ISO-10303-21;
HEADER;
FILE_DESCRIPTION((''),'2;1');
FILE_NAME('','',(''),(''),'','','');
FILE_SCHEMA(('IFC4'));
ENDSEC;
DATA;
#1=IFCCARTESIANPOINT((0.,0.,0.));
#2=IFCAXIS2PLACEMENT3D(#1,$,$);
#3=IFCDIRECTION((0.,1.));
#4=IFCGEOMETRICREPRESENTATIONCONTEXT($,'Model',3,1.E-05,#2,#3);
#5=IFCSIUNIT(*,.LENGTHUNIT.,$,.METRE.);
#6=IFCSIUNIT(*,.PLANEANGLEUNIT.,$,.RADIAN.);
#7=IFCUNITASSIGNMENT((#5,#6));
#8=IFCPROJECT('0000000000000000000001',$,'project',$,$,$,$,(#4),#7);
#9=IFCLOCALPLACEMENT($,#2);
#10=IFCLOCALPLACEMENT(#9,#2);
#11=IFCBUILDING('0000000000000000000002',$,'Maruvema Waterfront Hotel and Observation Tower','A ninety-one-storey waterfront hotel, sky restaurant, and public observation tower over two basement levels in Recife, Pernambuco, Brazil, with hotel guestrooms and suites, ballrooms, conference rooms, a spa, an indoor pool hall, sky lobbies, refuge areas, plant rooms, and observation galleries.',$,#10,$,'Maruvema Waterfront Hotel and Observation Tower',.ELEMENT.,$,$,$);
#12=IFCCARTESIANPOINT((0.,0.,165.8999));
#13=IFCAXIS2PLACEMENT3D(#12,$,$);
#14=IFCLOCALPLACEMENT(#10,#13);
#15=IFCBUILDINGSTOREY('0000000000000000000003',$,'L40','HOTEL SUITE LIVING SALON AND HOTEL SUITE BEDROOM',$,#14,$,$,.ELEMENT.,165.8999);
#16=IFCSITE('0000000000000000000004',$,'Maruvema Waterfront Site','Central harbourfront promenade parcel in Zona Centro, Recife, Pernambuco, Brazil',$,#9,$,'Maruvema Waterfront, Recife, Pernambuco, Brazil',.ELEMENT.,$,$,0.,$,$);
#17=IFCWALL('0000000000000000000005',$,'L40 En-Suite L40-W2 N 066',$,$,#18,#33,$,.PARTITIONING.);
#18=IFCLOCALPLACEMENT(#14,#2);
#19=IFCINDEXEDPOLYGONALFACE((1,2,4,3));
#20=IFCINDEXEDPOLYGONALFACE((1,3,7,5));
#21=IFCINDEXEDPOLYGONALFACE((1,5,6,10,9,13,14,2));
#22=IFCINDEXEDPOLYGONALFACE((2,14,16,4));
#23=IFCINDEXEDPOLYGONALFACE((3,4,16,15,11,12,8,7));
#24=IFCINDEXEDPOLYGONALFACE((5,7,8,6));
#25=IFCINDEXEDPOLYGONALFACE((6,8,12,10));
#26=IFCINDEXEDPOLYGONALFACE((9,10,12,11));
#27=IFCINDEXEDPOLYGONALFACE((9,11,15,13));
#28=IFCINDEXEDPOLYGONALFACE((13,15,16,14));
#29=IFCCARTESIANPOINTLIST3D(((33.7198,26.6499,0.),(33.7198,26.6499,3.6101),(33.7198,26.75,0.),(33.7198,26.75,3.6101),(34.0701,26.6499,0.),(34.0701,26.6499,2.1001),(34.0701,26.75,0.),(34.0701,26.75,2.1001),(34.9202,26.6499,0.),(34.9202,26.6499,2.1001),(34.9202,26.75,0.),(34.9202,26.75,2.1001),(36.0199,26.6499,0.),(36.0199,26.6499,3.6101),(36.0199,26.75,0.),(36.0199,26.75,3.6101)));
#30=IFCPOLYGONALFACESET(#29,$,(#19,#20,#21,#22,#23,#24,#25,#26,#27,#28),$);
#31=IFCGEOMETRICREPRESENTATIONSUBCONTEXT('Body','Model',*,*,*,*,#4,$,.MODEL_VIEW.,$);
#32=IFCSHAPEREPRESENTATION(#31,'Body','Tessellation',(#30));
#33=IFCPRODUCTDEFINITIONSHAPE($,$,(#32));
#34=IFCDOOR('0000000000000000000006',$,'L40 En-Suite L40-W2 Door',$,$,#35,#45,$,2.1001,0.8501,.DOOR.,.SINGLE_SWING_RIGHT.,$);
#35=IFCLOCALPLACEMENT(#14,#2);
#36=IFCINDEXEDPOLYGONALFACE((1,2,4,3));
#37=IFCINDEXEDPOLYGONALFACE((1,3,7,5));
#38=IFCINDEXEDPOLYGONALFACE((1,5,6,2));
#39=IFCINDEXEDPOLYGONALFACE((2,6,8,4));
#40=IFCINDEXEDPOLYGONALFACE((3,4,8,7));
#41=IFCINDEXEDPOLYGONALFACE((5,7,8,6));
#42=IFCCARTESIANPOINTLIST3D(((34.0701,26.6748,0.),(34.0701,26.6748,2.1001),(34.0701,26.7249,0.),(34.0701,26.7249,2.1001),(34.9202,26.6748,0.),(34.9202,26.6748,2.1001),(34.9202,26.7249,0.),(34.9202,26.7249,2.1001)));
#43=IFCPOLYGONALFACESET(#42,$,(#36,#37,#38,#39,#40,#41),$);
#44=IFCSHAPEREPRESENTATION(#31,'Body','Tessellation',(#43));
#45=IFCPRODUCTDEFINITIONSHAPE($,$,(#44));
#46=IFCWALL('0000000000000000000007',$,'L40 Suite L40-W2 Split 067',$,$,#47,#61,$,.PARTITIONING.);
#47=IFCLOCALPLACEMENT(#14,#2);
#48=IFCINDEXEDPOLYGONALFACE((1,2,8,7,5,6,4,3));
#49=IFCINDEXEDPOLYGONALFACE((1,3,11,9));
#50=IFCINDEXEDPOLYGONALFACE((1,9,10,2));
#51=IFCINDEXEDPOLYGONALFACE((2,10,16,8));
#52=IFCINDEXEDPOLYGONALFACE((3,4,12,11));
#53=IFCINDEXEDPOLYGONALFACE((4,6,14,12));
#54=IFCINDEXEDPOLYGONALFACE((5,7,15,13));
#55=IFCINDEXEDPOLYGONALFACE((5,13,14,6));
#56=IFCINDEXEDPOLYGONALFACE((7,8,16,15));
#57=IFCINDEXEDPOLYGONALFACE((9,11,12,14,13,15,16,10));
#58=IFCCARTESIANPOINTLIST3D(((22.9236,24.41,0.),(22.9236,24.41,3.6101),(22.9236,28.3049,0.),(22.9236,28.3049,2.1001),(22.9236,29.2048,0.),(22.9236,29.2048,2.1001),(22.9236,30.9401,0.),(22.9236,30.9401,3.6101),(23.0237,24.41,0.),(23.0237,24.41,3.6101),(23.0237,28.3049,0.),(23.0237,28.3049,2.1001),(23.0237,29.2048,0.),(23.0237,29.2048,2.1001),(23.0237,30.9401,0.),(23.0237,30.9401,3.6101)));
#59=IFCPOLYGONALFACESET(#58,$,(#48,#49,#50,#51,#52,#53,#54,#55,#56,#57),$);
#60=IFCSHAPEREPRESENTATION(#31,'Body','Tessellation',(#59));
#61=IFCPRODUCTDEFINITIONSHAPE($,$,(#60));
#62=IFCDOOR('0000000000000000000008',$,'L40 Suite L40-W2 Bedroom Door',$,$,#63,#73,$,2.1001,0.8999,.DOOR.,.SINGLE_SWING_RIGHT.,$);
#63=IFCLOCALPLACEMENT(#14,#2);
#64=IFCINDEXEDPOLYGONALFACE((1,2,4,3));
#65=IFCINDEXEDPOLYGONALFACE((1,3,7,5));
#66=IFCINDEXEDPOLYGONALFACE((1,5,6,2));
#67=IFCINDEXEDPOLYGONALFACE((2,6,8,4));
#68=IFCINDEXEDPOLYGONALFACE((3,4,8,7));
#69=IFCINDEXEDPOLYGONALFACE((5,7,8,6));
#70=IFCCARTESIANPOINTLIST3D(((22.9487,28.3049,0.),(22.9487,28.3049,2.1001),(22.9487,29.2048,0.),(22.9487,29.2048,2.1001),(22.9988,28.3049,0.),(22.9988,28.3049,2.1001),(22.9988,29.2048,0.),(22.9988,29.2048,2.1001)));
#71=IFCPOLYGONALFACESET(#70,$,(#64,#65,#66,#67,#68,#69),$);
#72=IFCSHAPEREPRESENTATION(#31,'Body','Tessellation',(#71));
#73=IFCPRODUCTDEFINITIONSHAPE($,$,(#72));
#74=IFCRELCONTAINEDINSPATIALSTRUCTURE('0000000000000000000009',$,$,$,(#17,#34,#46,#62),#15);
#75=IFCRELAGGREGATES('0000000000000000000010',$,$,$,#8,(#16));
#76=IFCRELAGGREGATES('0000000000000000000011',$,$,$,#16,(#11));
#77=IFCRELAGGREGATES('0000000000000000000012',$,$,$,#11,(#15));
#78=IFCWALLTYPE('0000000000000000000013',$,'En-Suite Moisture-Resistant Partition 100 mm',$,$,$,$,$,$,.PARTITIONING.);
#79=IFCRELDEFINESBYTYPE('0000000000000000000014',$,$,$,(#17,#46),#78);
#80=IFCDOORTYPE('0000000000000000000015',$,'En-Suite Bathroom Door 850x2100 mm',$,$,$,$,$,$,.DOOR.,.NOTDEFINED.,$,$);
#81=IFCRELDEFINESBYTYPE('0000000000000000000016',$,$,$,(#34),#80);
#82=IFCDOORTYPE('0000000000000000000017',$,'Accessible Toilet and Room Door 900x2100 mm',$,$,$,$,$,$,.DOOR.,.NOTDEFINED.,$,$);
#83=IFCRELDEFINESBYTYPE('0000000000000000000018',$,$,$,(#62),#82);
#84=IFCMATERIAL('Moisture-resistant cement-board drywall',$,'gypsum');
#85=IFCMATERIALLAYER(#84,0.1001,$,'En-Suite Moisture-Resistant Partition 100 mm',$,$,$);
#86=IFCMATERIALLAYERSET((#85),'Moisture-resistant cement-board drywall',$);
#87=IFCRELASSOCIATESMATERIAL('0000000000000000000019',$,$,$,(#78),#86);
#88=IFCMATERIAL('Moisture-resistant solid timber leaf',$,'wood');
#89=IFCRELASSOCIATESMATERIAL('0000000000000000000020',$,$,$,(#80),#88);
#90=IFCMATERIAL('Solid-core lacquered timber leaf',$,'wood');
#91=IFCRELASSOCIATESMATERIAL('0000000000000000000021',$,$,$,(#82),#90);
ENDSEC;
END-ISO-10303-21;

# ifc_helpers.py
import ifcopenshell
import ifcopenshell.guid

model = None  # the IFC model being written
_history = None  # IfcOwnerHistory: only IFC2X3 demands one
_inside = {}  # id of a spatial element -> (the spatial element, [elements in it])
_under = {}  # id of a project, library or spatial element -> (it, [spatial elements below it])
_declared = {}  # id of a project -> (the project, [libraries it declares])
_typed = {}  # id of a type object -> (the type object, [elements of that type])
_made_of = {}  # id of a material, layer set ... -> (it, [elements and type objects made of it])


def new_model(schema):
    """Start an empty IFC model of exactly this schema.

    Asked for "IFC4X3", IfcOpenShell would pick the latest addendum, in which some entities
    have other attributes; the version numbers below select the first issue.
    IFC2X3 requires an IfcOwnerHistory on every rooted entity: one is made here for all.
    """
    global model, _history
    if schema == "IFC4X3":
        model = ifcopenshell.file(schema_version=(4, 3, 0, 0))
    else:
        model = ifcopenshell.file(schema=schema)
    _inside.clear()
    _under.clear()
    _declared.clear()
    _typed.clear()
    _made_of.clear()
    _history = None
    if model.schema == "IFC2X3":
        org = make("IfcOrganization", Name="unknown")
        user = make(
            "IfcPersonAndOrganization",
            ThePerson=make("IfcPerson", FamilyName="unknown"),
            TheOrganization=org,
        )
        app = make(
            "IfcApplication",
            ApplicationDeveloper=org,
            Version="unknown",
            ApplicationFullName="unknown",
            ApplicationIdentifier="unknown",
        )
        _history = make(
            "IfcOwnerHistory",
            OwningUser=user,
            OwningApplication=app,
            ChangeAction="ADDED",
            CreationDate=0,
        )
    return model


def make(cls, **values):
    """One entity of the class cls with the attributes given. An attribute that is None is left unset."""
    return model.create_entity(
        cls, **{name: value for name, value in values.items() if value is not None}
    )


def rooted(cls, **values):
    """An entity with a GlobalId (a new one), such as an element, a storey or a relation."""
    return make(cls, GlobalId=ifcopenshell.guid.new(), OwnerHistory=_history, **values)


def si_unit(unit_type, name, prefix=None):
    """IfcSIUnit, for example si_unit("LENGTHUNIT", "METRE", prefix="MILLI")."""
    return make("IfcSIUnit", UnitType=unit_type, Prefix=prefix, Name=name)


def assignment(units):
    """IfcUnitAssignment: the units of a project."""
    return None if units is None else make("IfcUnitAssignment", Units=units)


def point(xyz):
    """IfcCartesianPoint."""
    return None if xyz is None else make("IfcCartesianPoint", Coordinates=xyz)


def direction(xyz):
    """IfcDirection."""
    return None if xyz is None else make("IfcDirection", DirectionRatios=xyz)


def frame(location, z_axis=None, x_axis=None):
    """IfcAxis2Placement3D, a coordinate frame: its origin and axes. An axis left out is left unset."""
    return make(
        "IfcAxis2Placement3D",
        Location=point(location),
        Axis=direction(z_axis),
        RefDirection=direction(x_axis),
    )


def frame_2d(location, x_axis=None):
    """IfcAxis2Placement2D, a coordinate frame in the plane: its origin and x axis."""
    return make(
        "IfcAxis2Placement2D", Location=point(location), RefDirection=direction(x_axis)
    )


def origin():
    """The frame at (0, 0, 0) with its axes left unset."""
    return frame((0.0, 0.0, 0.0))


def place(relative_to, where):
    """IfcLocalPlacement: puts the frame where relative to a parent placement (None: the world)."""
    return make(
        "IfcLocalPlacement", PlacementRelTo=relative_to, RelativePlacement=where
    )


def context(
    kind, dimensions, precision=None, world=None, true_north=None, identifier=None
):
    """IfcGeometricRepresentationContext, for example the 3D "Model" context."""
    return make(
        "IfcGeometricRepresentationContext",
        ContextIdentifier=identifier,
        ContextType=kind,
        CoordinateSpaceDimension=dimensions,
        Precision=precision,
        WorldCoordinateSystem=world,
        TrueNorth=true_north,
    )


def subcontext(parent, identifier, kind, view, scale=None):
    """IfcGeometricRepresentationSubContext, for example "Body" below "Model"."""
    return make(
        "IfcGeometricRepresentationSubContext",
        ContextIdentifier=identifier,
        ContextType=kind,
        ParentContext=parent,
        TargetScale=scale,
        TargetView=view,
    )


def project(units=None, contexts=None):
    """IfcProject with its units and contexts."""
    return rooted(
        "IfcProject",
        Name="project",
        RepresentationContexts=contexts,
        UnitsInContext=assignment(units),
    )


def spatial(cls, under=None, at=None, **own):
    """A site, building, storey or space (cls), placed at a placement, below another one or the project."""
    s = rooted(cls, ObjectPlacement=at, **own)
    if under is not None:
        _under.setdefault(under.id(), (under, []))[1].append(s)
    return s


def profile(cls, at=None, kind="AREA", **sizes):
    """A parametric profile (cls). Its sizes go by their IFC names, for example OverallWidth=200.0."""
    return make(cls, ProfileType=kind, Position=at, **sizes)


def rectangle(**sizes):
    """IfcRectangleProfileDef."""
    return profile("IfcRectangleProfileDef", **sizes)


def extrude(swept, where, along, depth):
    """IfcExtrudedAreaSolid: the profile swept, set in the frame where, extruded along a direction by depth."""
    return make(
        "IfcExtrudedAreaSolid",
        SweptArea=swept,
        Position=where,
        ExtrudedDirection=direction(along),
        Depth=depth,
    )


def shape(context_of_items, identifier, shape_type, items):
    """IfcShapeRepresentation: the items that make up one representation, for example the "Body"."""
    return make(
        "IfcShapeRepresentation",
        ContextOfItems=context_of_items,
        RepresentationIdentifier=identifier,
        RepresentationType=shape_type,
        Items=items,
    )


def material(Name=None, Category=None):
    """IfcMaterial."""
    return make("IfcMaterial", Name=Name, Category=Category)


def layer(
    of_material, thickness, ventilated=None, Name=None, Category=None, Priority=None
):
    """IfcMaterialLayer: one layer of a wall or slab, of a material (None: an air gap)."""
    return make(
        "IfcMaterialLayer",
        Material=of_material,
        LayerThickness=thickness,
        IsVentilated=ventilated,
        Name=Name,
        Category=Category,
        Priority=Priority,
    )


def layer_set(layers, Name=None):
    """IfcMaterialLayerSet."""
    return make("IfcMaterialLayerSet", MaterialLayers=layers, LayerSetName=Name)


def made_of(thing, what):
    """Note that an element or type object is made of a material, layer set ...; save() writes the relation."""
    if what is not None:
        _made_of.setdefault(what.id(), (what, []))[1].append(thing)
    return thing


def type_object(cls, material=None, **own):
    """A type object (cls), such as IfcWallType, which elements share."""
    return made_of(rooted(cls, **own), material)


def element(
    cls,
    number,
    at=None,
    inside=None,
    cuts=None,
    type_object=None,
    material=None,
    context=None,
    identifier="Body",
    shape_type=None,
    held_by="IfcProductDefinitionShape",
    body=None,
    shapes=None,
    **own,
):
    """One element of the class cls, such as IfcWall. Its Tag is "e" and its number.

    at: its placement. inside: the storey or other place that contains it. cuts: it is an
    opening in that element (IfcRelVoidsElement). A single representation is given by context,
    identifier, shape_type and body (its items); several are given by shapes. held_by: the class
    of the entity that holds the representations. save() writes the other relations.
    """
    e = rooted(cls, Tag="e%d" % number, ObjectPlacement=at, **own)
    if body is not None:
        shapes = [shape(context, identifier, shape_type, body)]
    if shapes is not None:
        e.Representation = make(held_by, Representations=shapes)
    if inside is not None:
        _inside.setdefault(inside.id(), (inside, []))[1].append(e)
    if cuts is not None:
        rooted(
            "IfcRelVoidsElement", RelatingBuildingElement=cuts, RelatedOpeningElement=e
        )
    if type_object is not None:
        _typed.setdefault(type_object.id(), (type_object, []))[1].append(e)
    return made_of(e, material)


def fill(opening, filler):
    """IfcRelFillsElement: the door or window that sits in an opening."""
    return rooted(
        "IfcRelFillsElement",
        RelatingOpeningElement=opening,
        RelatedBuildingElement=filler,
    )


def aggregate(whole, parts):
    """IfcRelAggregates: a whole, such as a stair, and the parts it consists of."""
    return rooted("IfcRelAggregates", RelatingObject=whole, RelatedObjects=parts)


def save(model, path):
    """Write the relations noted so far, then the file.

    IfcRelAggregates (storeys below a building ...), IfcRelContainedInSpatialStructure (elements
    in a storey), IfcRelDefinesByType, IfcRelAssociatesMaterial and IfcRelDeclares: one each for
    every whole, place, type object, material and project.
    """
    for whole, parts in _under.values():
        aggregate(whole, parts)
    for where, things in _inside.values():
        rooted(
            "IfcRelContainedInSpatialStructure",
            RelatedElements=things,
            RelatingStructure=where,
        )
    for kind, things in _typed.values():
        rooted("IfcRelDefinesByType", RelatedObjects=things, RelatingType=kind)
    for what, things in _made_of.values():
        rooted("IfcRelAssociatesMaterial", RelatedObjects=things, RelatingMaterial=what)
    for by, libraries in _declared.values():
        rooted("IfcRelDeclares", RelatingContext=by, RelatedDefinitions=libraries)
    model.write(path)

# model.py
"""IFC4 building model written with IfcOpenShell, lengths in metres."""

from ifc_helpers import new_model, si_unit, direction, frame, frame_2d, origin, place, context, subcontext, project, spatial, rectangle, extrude, material, layer, layer_set, type_object, element, fill, save


model = new_model("IFC4")

# Units and contexts
model_context = context("Model", 3, precision=1e-05, world=origin(), true_north=direction((0.0, 1.0)))
body_context = subcontext(model_context, "Body", "Model", "MODEL_VIEW")
ifc_project = project(units=[si_unit("LENGTHUNIT", "METRE"), si_unit("PLANEANGLEUNIT", "RADIAN")], contexts=[model_context])

# Site, building, storey
site_placement = place(None, origin())
site = spatial("IfcSite", under=ifc_project, at=site_placement, Name="Maruvema Waterfront Site", Description="Central harbourfront promenade parcel in Zona Centro, Recife, Pernambuco, Brazil", LongName="Maruvema Waterfront, Recife, Pernambuco, Brazil", CompositionType="ELEMENT", RefElevation=0.0)
building_placement = place(site_placement, origin())
building = spatial("IfcBuilding", under=site, at=building_placement, Name="Maruvema Waterfront Hotel and Observation Tower", Description="A ninety-one-storey waterfront hotel, sky restaurant, and public observation tower over two basement levels in Recife, Pernambuco, Brazil, with hotel guestrooms and suites, ballrooms, conference rooms, a spa, an indoor pool hall, sky lobbies, refuge areas, plant rooms, and observation galleries.", LongName="Maruvema Waterfront Hotel and Observation Tower", CompositionType="ELEMENT")
storey_placement = place(building_placement, frame((0.0, 0.0, 165.8999)))
storey = spatial("IfcBuildingStorey", under=building, at=storey_placement, Name="L40", Description="HOTEL SUITE LIVING SALON AND HOTEL SUITE BEDROOM", CompositionType="ELEMENT", Elevation=165.8999)

# Shared definitions
ifc_material_1 = material(Name="Moisture-resistant cement-board drywall", Category="gypsum")
ifc_layer_1 = layer(ifc_material_1, 0.1001, Name="En-Suite Moisture-Resistant Partition 100 mm")
ifc_layer_set_1 = layer_set([ifc_layer_1], Name="Moisture-resistant cement-board drywall")
wall_type_1 = type_object("IfcWallType", Name="En-Suite Moisture-Resistant Partition 100 mm", PredefinedType="PARTITIONING", material=ifc_layer_set_1)

# Shared definitions
ifc_material_2 = material(Name="Moisture-resistant solid timber leaf", Category="wood")
door_type_1 = type_object("IfcDoorType", Name="En-Suite Bathroom Door 850x2100 mm", OperationType="NOTDEFINED", PredefinedType="DOOR", material=ifc_material_2)

# Walls, openings, doors
wall_1_placement = place(storey_placement, frame((33.72, 26.7, 0.0), z_axis=(0.0, 0.0, 1.0), x_axis=(1.0, 0.0, 0.0)))
wall_1 = element("IfcWall", 1, at=wall_1_placement, inside=storey, type_object=wall_type_1, Name="L40 En-Suite L40-W2 N 066", PredefinedType="PARTITIONING", context=body_context, shape_type="SweptSolid", body=[
    extrude(rectangle(XDim=2.3, YDim=0.1001, at=frame_2d((1.1499, 0.0))), origin(), (0.0, 0.0, 1.0), 3.6101),
])
opening_1_placement = place(wall_1_placement, frame((0.3501, 0.0, 0.0)))
opening_1 = element("IfcOpeningElement", 2, at=opening_1_placement, cuts=wall_1, PredefinedType="OPENING", context=body_context, shape_type="SweptSolid", body=[
    extrude(rectangle(XDim=0.8501, YDim=2.1001, at=frame_2d((0.425, 1.05))), frame((0.0, 0.0601, 0.0), z_axis=(0.0, -1.0, 0.0), x_axis=(1.0, 0.0, 0.0)), (0.0, 0.0, 1.0), 0.1201),
])
door_1_placement = place(opening_1_placement, origin())
door_1 = element("IfcDoor", 3, at=door_1_placement, inside=storey, type_object=door_type_1, Name="L40 En-Suite L40-W2 Door", OperationType="SINGLE_SWING_RIGHT", OverallHeight=2.1001, OverallWidth=0.8501, PredefinedType="DOOR", context=body_context, shape_type="SweptSolid", body=[
    extrude(rectangle(XDim=0.8501, YDim=2.1001, at=frame_2d((0.425, 1.05))), frame((0.0, 0.0249, 0.0), z_axis=(0.0, -1.0, 0.0), x_axis=(1.0, 0.0, 0.0)), (0.0, 0.0, 1.0), 0.05),
])
fill(opening_1, door_1)
wall_2_placement = place(storey_placement, frame((22.9736, 24.4099, 0.0), z_axis=(0.0, 0.0, 1.0), x_axis=(0.0, 1.0, 0.0)))
wall_2 = element("IfcWall", 4, at=wall_2_placement, inside=storey, type_object=wall_type_1, Name="L40 Suite L40-W2 Split 067", PredefinedType="PARTITIONING", context=body_context, shape_type="SweptSolid", body=[
    extrude(rectangle(XDim=6.53, YDim=0.1001, at=frame_2d((3.2651, 0.0))), origin(), (0.0, 0.0, 1.0), 3.6101),
])
opening_2_placement = place(wall_2_placement, frame((3.895, 0.0, 0.0)))
opening_2 = element("IfcOpeningElement", 5, at=opening_2_placement, cuts=wall_2, PredefinedType="OPENING", context=body_context, shape_type="SweptSolid", body=[
    extrude(rectangle(XDim=0.8999, YDim=2.1001, at=frame_2d((0.45, 1.05))), frame((0.0, 0.0601, 0.0), z_axis=(0.0, -1.0, 0.0), x_axis=(1.0, 0.0, 0.0)), (0.0, 0.0, 1.0), 0.1201),
])
ifc_material_3 = material(Name="Solid-core lacquered timber leaf", Category="wood")
door_type_2 = type_object("IfcDoorType", Name="Accessible Toilet and Room Door 900x2100 mm", OperationType="NOTDEFINED", PredefinedType="DOOR", material=ifc_material_3)
door_2_placement = place(opening_2_placement, origin())
door_2 = element("IfcDoor", 6, at=door_2_placement, inside=storey, type_object=door_type_2, Name="L40 Suite L40-W2 Bedroom Door", OperationType="SINGLE_SWING_RIGHT", OverallHeight=2.1001, OverallWidth=0.8999, PredefinedType="DOOR", context=body_context, shape_type="SweptSolid", body=[
    extrude(rectangle(XDim=0.8999, YDim=2.1001, at=frame_2d((0.45, 1.05))), frame((0.0, 0.0249, 0.0), z_axis=(0.0, -1.0, 0.0), x_axis=(1.0, 0.0, 0.0)), (0.0, 0.0, 1.0), 0.05),
])
fill(opening_2, door_2)

save(model, "model.ifc")
